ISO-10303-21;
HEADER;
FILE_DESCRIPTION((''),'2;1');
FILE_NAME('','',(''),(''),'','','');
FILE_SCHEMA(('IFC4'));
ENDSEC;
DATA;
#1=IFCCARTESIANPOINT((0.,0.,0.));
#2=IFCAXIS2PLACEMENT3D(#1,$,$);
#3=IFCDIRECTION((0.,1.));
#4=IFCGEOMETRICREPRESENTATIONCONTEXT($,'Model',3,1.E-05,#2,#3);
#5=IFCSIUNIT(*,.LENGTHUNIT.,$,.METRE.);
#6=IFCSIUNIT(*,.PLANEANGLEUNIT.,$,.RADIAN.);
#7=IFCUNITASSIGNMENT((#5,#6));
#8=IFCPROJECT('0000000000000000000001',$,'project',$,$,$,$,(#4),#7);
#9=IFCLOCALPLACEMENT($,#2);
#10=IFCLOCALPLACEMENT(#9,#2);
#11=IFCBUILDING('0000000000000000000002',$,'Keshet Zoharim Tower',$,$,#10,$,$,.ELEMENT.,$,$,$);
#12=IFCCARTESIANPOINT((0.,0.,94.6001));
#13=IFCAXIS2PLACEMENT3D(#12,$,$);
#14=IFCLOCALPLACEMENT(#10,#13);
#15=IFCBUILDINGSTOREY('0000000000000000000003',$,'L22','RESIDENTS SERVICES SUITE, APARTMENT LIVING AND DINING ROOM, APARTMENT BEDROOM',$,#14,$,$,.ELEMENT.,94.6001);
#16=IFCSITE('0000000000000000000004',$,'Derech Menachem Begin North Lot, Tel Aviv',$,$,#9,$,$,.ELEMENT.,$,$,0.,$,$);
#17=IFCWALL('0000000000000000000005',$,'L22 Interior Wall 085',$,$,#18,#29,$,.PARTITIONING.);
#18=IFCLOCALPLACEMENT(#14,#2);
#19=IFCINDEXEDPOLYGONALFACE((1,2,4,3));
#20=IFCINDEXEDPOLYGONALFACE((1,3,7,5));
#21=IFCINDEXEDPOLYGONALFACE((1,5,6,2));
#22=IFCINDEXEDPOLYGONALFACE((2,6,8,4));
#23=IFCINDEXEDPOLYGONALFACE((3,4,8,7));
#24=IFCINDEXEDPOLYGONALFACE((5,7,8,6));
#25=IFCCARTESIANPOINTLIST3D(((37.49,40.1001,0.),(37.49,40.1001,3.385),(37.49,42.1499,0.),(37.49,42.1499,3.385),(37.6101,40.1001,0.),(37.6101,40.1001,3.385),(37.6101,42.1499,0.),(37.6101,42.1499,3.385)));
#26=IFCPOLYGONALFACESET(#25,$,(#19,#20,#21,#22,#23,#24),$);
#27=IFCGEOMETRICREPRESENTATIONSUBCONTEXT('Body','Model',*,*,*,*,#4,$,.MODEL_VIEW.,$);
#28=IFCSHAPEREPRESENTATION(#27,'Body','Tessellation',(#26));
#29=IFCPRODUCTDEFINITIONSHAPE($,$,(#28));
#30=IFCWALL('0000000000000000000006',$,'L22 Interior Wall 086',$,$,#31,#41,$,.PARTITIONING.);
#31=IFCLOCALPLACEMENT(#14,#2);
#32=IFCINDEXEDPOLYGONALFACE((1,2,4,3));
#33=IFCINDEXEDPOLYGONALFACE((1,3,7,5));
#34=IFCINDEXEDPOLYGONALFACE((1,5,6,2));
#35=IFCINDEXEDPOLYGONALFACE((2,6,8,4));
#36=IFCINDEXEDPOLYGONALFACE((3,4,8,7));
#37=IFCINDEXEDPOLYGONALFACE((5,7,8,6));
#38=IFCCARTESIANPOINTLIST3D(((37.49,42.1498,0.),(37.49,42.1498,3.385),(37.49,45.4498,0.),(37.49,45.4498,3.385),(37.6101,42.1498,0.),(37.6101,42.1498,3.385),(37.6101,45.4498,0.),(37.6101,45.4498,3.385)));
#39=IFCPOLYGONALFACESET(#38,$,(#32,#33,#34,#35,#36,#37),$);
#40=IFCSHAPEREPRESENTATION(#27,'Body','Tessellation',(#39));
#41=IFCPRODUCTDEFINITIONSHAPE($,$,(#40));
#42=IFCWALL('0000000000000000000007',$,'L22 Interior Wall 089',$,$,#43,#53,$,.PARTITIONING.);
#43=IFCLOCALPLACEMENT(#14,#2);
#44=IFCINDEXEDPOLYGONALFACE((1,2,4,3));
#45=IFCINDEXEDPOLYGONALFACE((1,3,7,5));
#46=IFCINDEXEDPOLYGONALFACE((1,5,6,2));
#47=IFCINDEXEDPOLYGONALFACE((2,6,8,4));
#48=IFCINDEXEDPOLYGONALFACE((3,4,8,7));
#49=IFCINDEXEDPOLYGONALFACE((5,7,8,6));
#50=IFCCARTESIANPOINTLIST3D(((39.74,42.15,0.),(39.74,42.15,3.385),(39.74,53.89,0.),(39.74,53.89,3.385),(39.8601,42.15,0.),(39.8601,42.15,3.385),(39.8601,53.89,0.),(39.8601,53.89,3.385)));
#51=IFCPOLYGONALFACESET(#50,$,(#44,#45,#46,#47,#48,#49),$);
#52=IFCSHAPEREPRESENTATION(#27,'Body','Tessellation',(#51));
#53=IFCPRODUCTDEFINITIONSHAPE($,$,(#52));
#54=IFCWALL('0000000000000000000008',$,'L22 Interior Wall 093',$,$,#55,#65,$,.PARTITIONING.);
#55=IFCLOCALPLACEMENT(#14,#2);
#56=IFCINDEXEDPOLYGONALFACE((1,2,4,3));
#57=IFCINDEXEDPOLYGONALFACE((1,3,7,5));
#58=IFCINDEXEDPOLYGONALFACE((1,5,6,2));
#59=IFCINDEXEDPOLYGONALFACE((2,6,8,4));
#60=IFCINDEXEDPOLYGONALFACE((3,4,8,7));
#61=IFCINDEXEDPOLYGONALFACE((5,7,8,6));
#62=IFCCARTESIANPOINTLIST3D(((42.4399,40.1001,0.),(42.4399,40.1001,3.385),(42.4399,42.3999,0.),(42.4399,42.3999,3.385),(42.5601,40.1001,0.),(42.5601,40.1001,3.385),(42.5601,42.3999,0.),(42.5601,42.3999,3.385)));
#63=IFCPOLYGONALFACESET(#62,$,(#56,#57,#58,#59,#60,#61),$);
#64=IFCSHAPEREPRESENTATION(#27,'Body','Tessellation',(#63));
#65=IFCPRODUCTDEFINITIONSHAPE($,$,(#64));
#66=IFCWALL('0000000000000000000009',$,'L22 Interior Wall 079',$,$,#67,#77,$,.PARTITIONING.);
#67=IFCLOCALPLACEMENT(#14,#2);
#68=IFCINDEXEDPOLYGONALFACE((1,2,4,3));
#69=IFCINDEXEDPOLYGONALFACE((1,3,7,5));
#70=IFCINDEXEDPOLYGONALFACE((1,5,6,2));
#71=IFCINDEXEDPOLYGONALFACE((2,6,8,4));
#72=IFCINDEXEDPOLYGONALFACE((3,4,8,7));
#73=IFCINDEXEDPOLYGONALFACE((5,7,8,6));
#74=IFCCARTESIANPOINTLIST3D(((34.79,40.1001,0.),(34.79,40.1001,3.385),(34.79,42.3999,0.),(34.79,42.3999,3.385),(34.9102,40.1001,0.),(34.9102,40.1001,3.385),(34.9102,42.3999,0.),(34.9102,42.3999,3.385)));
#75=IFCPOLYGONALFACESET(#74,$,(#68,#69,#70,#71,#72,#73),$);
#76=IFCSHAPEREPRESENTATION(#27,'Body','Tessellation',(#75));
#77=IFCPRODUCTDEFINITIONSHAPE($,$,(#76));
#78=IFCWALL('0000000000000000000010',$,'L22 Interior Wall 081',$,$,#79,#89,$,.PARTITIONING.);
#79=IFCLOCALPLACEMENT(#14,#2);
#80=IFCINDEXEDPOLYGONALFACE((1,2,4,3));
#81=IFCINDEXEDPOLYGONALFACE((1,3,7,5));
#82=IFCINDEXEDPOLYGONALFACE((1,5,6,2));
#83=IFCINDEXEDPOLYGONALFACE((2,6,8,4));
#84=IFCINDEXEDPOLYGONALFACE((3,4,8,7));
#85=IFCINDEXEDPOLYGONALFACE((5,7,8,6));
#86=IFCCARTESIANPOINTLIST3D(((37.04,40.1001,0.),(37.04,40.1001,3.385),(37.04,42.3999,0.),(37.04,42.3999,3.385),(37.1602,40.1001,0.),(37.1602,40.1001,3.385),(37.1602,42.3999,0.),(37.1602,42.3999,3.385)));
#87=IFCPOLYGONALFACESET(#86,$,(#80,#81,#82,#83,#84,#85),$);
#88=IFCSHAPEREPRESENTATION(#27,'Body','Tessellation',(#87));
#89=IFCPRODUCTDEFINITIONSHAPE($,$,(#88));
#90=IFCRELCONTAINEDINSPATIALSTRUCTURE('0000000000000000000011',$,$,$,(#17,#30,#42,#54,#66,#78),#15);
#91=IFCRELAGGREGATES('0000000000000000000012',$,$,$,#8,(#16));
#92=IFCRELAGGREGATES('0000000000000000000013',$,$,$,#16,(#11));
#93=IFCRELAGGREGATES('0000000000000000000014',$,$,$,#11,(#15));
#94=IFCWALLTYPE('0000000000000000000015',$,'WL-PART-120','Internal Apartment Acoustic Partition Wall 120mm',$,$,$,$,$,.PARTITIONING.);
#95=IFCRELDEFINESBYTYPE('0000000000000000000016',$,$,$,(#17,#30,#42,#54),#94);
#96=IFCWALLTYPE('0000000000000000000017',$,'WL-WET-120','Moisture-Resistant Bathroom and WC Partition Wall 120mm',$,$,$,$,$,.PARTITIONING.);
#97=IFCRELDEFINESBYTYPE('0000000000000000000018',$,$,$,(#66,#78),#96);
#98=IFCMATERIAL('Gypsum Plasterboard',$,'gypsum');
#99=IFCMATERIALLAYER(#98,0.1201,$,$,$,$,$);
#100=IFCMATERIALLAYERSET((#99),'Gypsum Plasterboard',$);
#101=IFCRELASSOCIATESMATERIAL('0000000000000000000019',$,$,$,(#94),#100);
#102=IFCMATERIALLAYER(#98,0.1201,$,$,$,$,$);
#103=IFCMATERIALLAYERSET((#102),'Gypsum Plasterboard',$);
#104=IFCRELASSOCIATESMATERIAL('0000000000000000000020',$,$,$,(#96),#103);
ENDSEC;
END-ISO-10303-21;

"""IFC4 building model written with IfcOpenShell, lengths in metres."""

from ifc_helpers import new_model, si_unit, direction, frame, frame_2d, origin, place, context, subcontext, project, spatial, rectangle, extrude, material, layer, layer_set, type_object, element, save


model = new_model("IFC4")

# Units and contexts
model_context = context("Model", 3, precision=1e-05, world=origin(), true_north=direction((0.0, 1.0)))
body_context = subcontext(model_context, "Body", "Model", "MODEL_VIEW")
ifc_project = project(units=[si_unit("LENGTHUNIT", "METRE"), si_unit("PLANEANGLEUNIT", "RADIAN")], contexts=[model_context])

# Site, building, storey
site_placement = place(None, origin())
site = spatial("IfcSite", under=ifc_project, at=site_placement, Name="Derech Menachem Begin North Lot, Tel Aviv", CompositionType="ELEMENT", RefElevation=0.0)
building_placement = place(site_placement, origin())
building = spatial("IfcBuilding", under=site, at=building_placement, Name="Keshet Zoharim Tower", CompositionType="ELEMENT")
storey_placement = place(building_placement, frame((0.0, 0.0, 94.6001)))
storey = spatial("IfcBuildingStorey", under=building, at=storey_placement, Name="L22", Description="RESIDENTS SERVICES SUITE, APARTMENT LIVING AND DINING ROOM, APARTMENT BEDROOM", CompositionType="ELEMENT", Elevation=94.6001)

# Shared definitions
ifc_material_1 = material(Name="Gypsum Plasterboard", Category="gypsum")

# Walls
ifc_layer_1 = layer(ifc_material_1, 0.1201)
ifc_layer_set_1 = layer_set([ifc_layer_1], Name="Gypsum Plasterboard")
wall_type_1 = type_object("IfcWallType", Name="WL-PART-120", Description="Internal Apartment Acoustic Partition Wall 120mm", PredefinedType="PARTITIONING", material=ifc_layer_set_1)
wall_1_placement = place(storey_placement, frame((37.55, 40.1001, 0.0), z_axis=(0.0, 0.0, 1.0), x_axis=(0.0, 1.0, 0.0)))
element("IfcWall", 1, at=wall_1_placement, inside=storey, type_object=wall_type_1, Name="L22 Interior Wall 085", PredefinedType="PARTITIONING", context=body_context, shape_type="SweptSolid", body=[
    extrude(rectangle(XDim=2.0498, YDim=0.1201, at=frame_2d((1.0249, 0.0))), origin(), (0.0, 0.0, 1.0), 3.385),
])
wall_2_placement = place(storey_placement, frame((37.55, 42.1499, 0.0), z_axis=(0.0, 0.0, 1.0), x_axis=(0.0, 1.0, 0.0)))
element("IfcWall", 2, at=wall_2_placement, inside=storey, type_object=wall_type_1, Name="L22 Interior Wall 086", PredefinedType="PARTITIONING", context=body_context, shape_type="SweptSolid", body=[
    extrude(rectangle(XDim=3.3, YDim=0.1201, at=frame_2d((1.6499, 0.0))), origin(), (0.0, 0.0, 1.0), 3.385),
])
wall_3_placement = place(storey_placement, frame((39.8, 42.1499, 0.0), z_axis=(0.0, 0.0, 1.0), x_axis=(0.0, 1.0, 0.0)))
element("IfcWall", 3, at=wall_3_placement, inside=storey, type_object=wall_type_1, Name="L22 Interior Wall 089", PredefinedType="PARTITIONING", context=body_context, shape_type="SweptSolid", body=[
    extrude(rectangle(XDim=11.74, YDim=0.1201, at=frame_2d((5.8701, 0.0))), origin(), (0.0, 0.0, 1.0), 3.385),
])
wall_4_placement = place(storey_placement, frame((42.5, 40.1001, 0.0), z_axis=(0.0, 0.0, 1.0), x_axis=(0.0, 1.0, 0.0)))
element("IfcWall", 4, at=wall_4_placement, inside=storey, type_object=wall_type_1, Name="L22 Interior Wall 093", PredefinedType="PARTITIONING", context=body_context, shape_type="SweptSolid", body=[
    extrude(rectangle(XDim=2.2998, YDim=0.1201, at=frame_2d((1.1499, 0.0))), origin(), (0.0, 0.0, 1.0), 3.385),
])

# Walls
ifc_layer_2 = layer(ifc_material_1, 0.1201)
ifc_layer_set_2 = layer_set([ifc_layer_2], Name="Gypsum Plasterboard")
wall_type_2 = type_object("IfcWallType", Name="WL-WET-120", Description="Moisture-Resistant Bathroom and WC Partition Wall 120mm", PredefinedType="PARTITIONING", material=ifc_layer_set_2)
for number, where, z_axis, x_axis, name in (
    (5, (34.8501, 40.1001, 0.0), (0.0, 0.0, 1.0), (0.0, 1.0, 0.0), "L22 Interior Wall 079"),
    (6, (37.1001, 40.1001, 0.0), (0.0, 0.0, 1.0), (0.0, 1.0, 0.0), "L22 Interior Wall 081"),
):
    element("IfcWall", number, at=place(storey_placement, frame(where, z_axis=z_axis, x_axis=x_axis)), inside=storey, type_object=wall_type_2, Name=name, PredefinedType="PARTITIONING", context=body_context, shape_type="SweptSolid", body=[
        extrude(rectangle(XDim=2.2998, YDim=0.1201, at=frame_2d((1.1499, 0.0))), origin(), (0.0, 0.0, 1.0), 3.385),
    ])

save(model, "model.ifc")
